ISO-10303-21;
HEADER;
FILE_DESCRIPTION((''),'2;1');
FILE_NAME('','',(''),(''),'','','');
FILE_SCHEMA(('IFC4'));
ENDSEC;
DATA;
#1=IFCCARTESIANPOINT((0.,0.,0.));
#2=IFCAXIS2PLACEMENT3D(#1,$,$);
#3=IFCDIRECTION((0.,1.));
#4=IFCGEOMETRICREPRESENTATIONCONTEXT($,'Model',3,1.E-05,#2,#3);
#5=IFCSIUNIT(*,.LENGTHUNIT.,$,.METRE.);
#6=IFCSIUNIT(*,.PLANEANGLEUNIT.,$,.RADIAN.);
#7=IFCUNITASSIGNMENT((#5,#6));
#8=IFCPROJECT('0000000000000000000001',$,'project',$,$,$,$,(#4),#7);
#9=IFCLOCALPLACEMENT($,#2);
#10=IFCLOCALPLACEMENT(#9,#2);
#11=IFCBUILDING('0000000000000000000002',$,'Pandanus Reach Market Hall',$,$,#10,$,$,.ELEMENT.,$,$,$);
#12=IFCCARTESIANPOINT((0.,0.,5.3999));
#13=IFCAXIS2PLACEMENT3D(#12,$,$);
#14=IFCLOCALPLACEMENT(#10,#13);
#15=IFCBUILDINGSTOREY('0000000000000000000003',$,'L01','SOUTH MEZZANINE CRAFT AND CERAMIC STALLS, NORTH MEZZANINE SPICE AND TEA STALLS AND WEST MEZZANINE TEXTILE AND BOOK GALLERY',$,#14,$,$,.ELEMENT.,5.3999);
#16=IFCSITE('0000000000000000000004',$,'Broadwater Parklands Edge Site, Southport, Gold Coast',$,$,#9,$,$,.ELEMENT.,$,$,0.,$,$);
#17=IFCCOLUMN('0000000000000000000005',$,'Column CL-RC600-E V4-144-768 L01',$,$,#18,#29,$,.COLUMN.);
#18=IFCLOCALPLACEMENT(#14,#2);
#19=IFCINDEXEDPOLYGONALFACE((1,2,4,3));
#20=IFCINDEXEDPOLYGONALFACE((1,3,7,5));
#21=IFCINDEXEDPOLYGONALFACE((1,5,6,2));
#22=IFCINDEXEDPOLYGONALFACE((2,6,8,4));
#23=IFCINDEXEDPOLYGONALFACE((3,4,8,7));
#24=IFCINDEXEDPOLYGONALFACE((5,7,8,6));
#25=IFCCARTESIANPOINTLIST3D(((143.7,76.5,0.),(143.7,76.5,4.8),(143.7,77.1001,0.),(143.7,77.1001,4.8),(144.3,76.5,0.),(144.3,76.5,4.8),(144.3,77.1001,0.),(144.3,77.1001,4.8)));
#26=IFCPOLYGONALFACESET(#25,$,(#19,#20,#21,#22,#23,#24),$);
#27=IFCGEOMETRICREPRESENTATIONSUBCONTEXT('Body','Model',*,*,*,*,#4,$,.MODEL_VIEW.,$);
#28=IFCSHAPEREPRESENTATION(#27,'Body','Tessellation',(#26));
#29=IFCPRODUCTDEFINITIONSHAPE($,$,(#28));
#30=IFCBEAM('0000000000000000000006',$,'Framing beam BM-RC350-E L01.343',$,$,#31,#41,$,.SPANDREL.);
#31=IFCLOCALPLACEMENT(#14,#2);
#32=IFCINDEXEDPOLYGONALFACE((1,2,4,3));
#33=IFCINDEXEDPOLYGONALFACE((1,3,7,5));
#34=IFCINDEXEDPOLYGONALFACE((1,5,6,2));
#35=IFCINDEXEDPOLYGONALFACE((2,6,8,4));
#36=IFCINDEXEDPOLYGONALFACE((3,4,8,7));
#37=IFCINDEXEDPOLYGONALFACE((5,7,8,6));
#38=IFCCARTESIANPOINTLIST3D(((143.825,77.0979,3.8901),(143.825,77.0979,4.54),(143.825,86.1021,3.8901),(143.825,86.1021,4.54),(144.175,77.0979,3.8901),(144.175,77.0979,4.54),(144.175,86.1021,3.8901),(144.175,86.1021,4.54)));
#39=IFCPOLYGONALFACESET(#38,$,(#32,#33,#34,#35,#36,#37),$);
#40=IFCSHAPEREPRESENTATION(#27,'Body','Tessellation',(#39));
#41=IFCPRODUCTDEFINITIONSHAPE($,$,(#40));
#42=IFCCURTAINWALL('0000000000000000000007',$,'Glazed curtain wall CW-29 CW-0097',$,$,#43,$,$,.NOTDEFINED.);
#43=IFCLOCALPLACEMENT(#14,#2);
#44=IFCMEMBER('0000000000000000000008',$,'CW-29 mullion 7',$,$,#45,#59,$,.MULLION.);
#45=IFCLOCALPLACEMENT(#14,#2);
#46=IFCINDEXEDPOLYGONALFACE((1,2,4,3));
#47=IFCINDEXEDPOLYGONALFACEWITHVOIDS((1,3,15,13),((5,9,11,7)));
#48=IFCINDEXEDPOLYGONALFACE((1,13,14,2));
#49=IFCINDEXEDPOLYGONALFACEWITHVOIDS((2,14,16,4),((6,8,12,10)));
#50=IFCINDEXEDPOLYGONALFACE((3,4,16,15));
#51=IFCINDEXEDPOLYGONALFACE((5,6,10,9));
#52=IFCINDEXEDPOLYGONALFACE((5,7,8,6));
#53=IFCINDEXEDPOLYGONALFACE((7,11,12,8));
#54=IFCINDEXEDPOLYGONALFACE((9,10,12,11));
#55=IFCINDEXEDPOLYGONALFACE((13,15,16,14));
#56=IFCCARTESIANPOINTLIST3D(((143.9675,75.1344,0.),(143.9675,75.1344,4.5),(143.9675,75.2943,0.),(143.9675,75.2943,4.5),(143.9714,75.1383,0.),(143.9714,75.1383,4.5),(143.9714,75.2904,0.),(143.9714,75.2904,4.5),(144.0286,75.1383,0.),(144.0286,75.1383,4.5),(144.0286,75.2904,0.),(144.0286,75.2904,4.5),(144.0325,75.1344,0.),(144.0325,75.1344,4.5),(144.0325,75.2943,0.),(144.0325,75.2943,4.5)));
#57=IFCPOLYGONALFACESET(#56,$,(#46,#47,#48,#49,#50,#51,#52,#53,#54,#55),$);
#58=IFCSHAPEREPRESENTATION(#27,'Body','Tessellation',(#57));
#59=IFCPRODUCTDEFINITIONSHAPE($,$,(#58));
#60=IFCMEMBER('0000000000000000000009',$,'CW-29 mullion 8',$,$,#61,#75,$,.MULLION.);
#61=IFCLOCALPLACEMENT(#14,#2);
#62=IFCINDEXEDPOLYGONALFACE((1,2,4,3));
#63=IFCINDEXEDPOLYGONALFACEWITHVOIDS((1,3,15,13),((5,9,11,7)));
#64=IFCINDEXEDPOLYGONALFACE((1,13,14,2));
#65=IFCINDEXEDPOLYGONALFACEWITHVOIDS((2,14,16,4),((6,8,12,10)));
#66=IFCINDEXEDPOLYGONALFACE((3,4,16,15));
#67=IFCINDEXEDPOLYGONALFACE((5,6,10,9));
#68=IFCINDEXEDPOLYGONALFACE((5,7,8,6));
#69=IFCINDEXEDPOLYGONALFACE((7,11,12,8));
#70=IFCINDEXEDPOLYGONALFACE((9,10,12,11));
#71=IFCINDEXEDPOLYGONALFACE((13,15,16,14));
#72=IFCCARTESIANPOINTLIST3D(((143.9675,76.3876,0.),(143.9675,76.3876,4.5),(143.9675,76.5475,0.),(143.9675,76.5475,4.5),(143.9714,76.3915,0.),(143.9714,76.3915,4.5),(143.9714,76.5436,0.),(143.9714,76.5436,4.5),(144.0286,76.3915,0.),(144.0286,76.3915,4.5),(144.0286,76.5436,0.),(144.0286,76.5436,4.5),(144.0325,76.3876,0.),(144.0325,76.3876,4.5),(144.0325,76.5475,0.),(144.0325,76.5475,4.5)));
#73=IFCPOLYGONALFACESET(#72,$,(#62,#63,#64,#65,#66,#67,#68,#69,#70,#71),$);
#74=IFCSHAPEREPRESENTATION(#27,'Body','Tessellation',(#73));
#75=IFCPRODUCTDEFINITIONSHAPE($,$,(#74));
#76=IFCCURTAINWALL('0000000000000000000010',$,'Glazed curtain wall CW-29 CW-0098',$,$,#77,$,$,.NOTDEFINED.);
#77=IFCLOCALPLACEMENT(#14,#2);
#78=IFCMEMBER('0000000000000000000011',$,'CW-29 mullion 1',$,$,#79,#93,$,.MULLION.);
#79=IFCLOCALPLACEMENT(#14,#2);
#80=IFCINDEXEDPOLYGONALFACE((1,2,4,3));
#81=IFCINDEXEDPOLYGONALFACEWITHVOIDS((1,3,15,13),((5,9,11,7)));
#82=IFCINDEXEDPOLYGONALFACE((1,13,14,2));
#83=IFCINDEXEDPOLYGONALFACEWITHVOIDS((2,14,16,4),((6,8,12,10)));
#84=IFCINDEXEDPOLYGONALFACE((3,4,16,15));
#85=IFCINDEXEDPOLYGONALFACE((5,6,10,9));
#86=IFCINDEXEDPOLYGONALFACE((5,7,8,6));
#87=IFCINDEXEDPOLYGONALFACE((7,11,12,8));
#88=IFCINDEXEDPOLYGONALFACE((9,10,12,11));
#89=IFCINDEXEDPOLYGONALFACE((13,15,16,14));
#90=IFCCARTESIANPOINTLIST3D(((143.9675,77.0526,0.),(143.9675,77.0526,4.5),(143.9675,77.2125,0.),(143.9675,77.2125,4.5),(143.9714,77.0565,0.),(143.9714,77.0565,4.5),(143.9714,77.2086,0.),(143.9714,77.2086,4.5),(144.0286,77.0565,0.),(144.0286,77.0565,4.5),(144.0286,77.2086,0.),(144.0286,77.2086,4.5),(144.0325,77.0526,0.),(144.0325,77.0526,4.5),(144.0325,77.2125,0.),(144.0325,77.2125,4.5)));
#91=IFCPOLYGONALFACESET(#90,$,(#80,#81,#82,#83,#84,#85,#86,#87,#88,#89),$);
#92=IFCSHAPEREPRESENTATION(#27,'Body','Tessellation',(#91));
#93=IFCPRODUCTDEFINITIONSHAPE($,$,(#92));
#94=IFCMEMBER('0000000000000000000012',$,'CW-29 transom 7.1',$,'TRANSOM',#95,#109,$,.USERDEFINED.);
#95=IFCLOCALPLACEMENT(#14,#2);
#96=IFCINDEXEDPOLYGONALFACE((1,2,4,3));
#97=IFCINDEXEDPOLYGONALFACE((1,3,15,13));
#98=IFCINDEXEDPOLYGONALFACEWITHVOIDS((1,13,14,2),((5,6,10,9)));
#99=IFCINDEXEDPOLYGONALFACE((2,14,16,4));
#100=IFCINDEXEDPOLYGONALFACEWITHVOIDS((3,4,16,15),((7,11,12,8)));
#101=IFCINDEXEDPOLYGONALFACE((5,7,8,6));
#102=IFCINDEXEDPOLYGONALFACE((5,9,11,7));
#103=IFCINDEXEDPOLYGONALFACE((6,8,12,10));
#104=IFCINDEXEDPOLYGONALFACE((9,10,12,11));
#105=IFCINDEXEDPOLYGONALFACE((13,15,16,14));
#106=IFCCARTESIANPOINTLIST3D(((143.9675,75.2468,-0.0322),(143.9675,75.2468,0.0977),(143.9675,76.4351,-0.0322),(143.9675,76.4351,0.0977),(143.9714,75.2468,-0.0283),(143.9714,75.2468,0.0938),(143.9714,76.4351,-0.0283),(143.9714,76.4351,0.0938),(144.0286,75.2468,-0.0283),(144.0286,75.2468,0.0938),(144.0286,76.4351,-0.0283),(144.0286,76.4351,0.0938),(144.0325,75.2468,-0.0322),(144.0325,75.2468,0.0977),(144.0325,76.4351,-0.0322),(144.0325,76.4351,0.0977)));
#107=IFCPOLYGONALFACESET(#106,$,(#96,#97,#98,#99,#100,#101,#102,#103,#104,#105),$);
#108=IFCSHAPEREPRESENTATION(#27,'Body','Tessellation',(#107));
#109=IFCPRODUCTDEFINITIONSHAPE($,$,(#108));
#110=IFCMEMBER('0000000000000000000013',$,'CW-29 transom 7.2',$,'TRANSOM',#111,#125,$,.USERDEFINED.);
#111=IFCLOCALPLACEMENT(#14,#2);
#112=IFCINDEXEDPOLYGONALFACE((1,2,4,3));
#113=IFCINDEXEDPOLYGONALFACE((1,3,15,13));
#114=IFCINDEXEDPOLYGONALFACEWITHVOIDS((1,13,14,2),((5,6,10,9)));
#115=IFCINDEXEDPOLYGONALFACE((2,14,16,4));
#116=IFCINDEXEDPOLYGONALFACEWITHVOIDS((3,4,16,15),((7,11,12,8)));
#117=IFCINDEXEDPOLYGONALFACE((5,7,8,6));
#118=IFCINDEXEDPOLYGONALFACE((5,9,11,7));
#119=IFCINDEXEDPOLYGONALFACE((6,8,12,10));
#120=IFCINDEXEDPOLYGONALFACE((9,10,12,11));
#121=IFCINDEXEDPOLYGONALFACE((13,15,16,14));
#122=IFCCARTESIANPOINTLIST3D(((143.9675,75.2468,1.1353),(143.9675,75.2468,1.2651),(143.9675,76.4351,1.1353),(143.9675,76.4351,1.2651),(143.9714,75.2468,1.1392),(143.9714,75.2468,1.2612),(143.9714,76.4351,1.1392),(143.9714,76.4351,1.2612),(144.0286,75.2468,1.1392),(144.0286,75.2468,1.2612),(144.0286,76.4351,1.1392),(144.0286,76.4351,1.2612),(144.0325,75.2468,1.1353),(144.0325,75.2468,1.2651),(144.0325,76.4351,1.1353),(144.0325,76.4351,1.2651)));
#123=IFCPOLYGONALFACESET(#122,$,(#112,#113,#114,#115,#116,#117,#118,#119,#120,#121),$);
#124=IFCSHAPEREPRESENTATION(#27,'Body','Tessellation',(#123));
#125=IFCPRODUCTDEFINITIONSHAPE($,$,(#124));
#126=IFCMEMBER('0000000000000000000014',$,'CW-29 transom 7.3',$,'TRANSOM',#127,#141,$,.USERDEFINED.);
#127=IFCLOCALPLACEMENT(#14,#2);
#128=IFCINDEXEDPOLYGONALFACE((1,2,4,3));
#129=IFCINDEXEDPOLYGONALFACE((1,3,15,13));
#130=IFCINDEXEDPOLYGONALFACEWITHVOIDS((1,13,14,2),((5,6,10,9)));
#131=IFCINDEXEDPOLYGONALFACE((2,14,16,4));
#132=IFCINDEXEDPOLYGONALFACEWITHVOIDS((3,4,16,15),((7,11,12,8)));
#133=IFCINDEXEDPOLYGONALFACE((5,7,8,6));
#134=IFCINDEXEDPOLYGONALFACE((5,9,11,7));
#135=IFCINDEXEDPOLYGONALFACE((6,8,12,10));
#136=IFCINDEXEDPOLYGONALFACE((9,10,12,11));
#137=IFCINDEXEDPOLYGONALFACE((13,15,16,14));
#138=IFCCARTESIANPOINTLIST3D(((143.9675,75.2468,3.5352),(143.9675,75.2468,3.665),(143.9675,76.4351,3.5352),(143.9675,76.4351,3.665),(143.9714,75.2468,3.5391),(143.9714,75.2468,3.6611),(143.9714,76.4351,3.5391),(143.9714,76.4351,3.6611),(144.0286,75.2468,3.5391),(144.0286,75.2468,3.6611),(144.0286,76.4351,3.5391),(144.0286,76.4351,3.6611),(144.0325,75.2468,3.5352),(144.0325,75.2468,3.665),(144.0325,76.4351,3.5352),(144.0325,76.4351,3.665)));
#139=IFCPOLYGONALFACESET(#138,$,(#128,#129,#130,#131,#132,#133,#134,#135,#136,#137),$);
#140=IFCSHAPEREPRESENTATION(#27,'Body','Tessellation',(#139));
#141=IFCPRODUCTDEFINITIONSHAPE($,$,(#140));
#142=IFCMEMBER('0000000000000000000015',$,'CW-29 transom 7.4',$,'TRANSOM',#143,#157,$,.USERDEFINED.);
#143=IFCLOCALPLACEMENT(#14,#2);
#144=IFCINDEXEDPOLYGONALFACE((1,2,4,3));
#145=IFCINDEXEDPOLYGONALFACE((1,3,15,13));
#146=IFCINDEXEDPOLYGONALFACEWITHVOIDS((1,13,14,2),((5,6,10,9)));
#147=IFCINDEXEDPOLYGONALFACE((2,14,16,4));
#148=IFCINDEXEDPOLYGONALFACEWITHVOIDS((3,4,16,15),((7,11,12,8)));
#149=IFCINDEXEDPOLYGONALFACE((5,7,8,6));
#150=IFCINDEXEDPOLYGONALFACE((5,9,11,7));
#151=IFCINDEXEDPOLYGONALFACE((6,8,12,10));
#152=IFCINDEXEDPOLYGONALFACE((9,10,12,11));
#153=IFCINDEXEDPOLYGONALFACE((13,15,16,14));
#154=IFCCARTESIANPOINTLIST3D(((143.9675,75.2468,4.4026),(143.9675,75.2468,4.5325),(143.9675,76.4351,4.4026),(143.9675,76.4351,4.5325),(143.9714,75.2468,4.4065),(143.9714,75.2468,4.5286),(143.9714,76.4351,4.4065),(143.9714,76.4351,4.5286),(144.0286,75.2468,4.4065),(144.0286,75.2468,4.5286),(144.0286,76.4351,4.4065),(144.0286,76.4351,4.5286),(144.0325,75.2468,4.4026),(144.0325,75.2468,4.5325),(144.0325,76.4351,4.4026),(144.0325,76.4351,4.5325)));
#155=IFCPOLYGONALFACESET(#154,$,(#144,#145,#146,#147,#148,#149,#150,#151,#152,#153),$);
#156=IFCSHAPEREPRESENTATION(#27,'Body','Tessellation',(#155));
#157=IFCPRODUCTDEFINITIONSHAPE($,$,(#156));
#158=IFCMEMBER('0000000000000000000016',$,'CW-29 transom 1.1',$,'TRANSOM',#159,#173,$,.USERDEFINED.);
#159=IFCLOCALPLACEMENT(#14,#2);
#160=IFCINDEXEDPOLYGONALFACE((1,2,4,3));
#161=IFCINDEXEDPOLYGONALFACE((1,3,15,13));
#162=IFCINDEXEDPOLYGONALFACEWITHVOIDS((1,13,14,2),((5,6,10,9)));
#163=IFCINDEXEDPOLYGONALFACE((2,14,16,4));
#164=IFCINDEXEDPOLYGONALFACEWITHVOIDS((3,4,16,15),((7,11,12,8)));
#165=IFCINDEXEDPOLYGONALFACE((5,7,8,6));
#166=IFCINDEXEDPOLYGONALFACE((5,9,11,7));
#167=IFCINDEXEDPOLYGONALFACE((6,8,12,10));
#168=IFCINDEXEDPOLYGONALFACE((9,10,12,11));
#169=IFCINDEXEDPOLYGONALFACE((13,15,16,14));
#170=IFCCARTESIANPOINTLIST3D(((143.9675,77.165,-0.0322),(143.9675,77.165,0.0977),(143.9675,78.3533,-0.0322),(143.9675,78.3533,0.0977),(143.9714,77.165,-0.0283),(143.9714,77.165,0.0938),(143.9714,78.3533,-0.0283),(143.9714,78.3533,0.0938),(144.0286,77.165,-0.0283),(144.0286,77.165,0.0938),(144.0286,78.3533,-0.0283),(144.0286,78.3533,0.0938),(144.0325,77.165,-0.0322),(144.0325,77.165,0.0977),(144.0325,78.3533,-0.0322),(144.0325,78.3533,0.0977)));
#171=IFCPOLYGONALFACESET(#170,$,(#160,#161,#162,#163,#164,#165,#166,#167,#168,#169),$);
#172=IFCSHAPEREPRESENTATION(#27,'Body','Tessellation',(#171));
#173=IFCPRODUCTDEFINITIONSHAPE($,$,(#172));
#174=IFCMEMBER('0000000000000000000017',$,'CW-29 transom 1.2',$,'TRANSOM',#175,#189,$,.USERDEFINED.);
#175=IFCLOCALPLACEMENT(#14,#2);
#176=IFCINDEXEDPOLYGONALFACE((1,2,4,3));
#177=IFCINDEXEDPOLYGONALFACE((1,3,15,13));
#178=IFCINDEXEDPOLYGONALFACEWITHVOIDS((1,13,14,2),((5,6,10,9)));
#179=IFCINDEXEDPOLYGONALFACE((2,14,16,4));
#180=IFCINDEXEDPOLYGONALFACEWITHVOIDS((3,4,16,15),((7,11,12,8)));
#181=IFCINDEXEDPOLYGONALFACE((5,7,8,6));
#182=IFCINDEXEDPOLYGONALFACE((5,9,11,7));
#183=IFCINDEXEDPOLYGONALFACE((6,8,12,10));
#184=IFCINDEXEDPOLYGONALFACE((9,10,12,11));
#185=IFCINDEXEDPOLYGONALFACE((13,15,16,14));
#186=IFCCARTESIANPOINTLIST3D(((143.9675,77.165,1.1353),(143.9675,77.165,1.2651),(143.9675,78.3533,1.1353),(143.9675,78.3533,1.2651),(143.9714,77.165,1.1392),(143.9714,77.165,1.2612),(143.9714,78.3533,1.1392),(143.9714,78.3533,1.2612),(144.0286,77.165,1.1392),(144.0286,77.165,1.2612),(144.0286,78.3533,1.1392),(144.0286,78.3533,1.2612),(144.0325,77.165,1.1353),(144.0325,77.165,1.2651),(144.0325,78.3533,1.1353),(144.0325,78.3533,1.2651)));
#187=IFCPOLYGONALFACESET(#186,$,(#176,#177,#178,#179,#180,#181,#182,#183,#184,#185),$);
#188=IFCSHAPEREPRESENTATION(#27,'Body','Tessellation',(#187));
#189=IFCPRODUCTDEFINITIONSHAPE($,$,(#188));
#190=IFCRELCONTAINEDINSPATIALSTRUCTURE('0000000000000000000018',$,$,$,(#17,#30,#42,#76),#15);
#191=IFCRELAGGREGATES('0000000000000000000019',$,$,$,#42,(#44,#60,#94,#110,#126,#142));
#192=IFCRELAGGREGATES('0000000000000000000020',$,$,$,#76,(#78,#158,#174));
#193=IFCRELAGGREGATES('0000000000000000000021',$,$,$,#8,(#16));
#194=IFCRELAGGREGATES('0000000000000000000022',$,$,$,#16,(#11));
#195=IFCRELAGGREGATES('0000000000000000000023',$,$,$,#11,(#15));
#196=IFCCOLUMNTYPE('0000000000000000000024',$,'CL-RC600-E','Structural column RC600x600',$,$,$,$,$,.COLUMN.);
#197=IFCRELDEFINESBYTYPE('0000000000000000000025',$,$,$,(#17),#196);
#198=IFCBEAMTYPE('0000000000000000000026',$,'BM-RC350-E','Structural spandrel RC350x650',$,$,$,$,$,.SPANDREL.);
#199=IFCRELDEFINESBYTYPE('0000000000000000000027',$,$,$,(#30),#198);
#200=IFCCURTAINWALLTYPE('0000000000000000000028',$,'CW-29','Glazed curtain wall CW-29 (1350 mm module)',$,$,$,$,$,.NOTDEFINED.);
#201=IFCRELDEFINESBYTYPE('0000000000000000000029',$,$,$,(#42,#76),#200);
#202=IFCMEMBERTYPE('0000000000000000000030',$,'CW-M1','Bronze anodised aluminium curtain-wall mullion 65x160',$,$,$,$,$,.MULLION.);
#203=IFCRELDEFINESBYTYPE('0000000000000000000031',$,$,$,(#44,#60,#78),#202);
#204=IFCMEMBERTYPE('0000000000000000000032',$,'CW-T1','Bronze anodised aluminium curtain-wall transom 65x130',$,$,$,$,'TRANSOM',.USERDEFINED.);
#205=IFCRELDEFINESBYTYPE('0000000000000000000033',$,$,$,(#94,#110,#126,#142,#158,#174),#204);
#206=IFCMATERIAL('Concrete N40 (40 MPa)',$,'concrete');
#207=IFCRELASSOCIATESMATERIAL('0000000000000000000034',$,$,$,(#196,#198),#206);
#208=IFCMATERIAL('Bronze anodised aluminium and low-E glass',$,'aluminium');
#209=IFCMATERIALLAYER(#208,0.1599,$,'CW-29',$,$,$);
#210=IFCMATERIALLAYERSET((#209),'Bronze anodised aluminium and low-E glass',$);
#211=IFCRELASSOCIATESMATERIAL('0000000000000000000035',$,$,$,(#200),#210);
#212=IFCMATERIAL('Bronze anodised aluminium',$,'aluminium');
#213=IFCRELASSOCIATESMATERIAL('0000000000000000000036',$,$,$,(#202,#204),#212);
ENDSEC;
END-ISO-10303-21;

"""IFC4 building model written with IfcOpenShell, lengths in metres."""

from ifc_helpers import new_model, si_unit, direction, frame, origin, origin_2d, place, context, subcontext, project, spatial, rectangle, hollow_rectangle, extrude, material, layer, layer_set, material_profile, profile_set, type_object, element, aggregate, save


model = new_model("IFC4")

# Units and contexts
model_context = context("Model", 3, precision=1e-05, world=origin(), true_north=direction((0.0, 1.0)))
body_context = subcontext(model_context, "Body", "Model", "MODEL_VIEW")
ifc_project = project(units=[si_unit("LENGTHUNIT", "METRE"), si_unit("PLANEANGLEUNIT", "RADIAN")], contexts=[model_context])

# Site, building, storey
site_placement = place(None, origin())
site = spatial("IfcSite", under=ifc_project, at=site_placement, Name="Broadwater Parklands Edge Site, Southport, Gold Coast", CompositionType="ELEMENT", RefElevation=0.0)
building_placement = place(site_placement, origin())
building = spatial("IfcBuilding", under=site, at=building_placement, Name="Pandanus Reach Market Hall", CompositionType="ELEMENT")
storey_placement = place(building_placement, frame((0.0, 0.0, 5.3999)))
storey = spatial("IfcBuildingStorey", under=building, at=storey_placement, Name="L01", Description="SOUTH MEZZANINE CRAFT AND CERAMIC STALLS, NORTH MEZZANINE SPICE AND TEA STALLS AND WEST MEZZANINE TEXTILE AND BOOK GALLERY", CompositionType="ELEMENT", Elevation=5.3999)

# Column
ifc_material_1 = material(Name="Concrete N40 (40 MPa)", Category="concrete")
ifc_material_profile_1 = material_profile(ifc_material_1, rectangle(XDim=0.6001, YDim=0.6001, at=origin_2d()), Name="RC600x600", Category="LoadBearing")
ifc_profile_set_1 = profile_set([ifc_material_profile_1], Name="Concrete N40 (40 MPa)")
column_type = type_object("IfcColumnType", Name="CL-RC600-E", Description="Structural column RC600x600", PredefinedType="COLUMN", material=ifc_profile_set_1)
column_placement = place(storey_placement, frame((144.0, 76.8, 0.0), z_axis=(0.0, 0.0, 1.0), x_axis=(1.0, 0.0, 0.0)))
element("IfcColumn", 1, at=column_placement, inside=storey, type_object=column_type, Name="Column CL-RC600-E V4-144-768 L01", PredefinedType="COLUMN", context=body_context, shape_type="SweptSolid", body=[
    extrude(rectangle(XDim=0.6001, YDim=0.6001, at=origin_2d()), origin(), (0.0, 0.0, 1.0), 4.8),
])

# Beam
ifc_material_profile_2 = material_profile(ifc_material_1, rectangle(XDim=0.3501, YDim=0.6499, at=origin_2d()), Name="RC350x650", Category="LoadBearing")
ifc_profile_set_2 = profile_set([ifc_material_profile_2], Name="Concrete N40 (40 MPa)")
beam_type = type_object("IfcBeamType", Name="BM-RC350-E", Description="Structural spandrel RC350x650", PredefinedType="SPANDREL", material=ifc_profile_set_2)
beam_placement = place(storey_placement, frame((144.0, 77.0979, 4.2151), z_axis=(0.0, 1.0, 0.0), x_axis=(-1.0, 0.0, 0.0)))
element("IfcBeam", 2, at=beam_placement, inside=storey, type_object=beam_type, Name="Framing beam BM-RC350-E L01.343", PredefinedType="SPANDREL", context=body_context, shape_type="SweptSolid", body=[
    extrude(rectangle(XDim=0.3501, YDim=0.6499, at=origin_2d()), origin(), (0.0, 0.0, 1.0), 9.0042),
])

# Curtain wall, members
ifc_material_2 = material(Name="Bronze anodised aluminium and low-E glass", Category="aluminium")
ifc_layer_1 = layer(ifc_material_2, 0.1599, Name="CW-29")
ifc_layer_set_1 = layer_set([ifc_layer_1], Name="Bronze anodised aluminium and low-E glass")
curtain_wall_type = type_object("IfcCurtainWallType", Name="CW-29", Description="Glazed curtain wall CW-29 (1350 mm module)", PredefinedType="NOTDEFINED", material=ifc_layer_set_1)
curtain_wall_1_placement = place(storey_placement, origin())
curtain_wall_1 = element("IfcCurtainWall", 3, at=curtain_wall_1_placement, inside=storey, type_object=curtain_wall_type, Name="Glazed curtain wall CW-29 CW-0097", PredefinedType="NOTDEFINED")
ifc_material_3 = material(Name="Bronze anodised aluminium", Category="aluminium")
ifc_material_profile_3 = material_profile(ifc_material_3, hollow_rectangle(XDim=0.0649, YDim=0.1599, WallThickness=0.0039, at=origin_2d()), Name="ALU65x160", Category="LoadBearing")
ifc_profile_set_3 = profile_set([ifc_material_profile_3], Name="Bronze anodised aluminium")
member_type_1 = type_object("IfcMemberType", Name="CW-M1", Description="Bronze anodised aluminium curtain-wall mullion 65x160", PredefinedType="MULLION", material=ifc_profile_set_3)
member_1_placement = place(storey_placement, frame((144.0, 75.2144, 0.0), z_axis=(0.0, 0.0, 1.0), x_axis=(-1.0, 0.0, 0.0)))
member_1 = element("IfcMember", 4, at=member_1_placement, type_object=member_type_1, Name="CW-29 mullion 7", PredefinedType="MULLION", context=body_context, shape_type="SweptSolid", body=[
    extrude(hollow_rectangle(XDim=0.0649, YDim=0.1599, WallThickness=0.0039, at=origin_2d()), origin(), (0.0, 0.0, 1.0), 4.5),
])
member_2_placement = place(storey_placement, frame((144.0, 76.4675, 0.0), z_axis=(0.0, 0.0, 1.0), x_axis=(-1.0, 0.0, 0.0)))
member_2 = element("IfcMember", 5, at=member_2_placement, type_object=member_type_1, Name="CW-29 mullion 8", PredefinedType="MULLION", context=body_context, shape_type="SweptSolid", body=[
    extrude(hollow_rectangle(XDim=0.0649, YDim=0.1599, WallThickness=0.0039, at=origin_2d()), origin(), (0.0, 0.0, 1.0), 4.5),
])

# Curtain wall, member
curtain_wall_2_placement = place(storey_placement, origin())
curtain_wall_2 = element("IfcCurtainWall", 6, at=curtain_wall_2_placement, inside=storey, type_object=curtain_wall_type, Name="Glazed curtain wall CW-29 CW-0098", PredefinedType="NOTDEFINED")
member_3_placement = place(storey_placement, frame((144.0, 77.1326, 0.0), z_axis=(0.0, 0.0, 1.0), x_axis=(-1.0, 0.0, 0.0)))
member_3 = element("IfcMember", 7, at=member_3_placement, type_object=member_type_1, Name="CW-29 mullion 1", PredefinedType="MULLION", context=body_context, shape_type="SweptSolid", body=[
    extrude(hollow_rectangle(XDim=0.0649, YDim=0.1599, WallThickness=0.0039, at=origin_2d()), origin(), (0.0, 0.0, 1.0), 4.5),
])

# Members
ifc_material_profile_4 = material_profile(ifc_material_3, hollow_rectangle(XDim=0.0649, YDim=0.1299, WallThickness=0.0039, at=origin_2d()), Name="ALU65x130", Category="LoadBearing")
ifc_profile_set_4 = profile_set([ifc_material_profile_4], Name="Bronze anodised aluminium")
member_type_2 = type_object("IfcMemberType", Name="CW-T1", Description="Bronze anodised aluminium curtain-wall transom 65x130", ElementType="TRANSOM", PredefinedType="USERDEFINED", material=ifc_profile_set_4)
member_4_placement = place(storey_placement, frame((144.0, 75.2468, 0.0327), z_axis=(0.0, 1.0, 0.0), x_axis=(-1.0, 0.0, 0.0)))
member_4 = element("IfcMember", 8, at=member_4_placement, type_object=member_type_2, Name="CW-29 transom 7.1", ObjectType="TRANSOM", PredefinedType="USERDEFINED", context=body_context, shape_type="SweptSolid", body=[
    extrude(hollow_rectangle(XDim=0.0649, YDim=0.1299, WallThickness=0.0039, at=origin_2d()), origin(), (0.0, 0.0, 1.0), 1.1882),
])
member_5_placement = place(storey_placement, frame((144.0, 75.2468, 1.2002), z_axis=(0.0, 1.0, 0.0), x_axis=(-1.0, 0.0, 0.0)))
member_5 = element("IfcMember", 9, at=member_5_placement, type_object=member_type_2, Name="CW-29 transom 7.2", ObjectType="TRANSOM", PredefinedType="USERDEFINED", context=body_context, shape_type="SweptSolid", body=[
    extrude(hollow_rectangle(XDim=0.0649, YDim=0.1299, WallThickness=0.0039, at=origin_2d()), origin(), (0.0, 0.0, 1.0), 1.1882),
])
member_6_placement = place(storey_placement, frame((144.0, 75.2468, 3.6001), z_axis=(0.0, 1.0, 0.0), x_axis=(-1.0, 0.0, 0.0)))
member_6 = element("IfcMember", 10, at=member_6_placement, type_object=member_type_2, Name="CW-29 transom 7.3", ObjectType="TRANSOM", PredefinedType="USERDEFINED", context=body_context, shape_type="SweptSolid", body=[
    extrude(hollow_rectangle(XDim=0.0649, YDim=0.1299, WallThickness=0.0039, at=origin_2d()), origin(), (0.0, 0.0, 1.0), 1.1882),
])
member_7_placement = place(storey_placement, frame((144.0, 75.2468, 4.4675), z_axis=(0.0, 1.0, 0.0), x_axis=(-1.0, 0.0, 0.0)))
member_7 = element("IfcMember", 11, at=member_7_placement, type_object=member_type_2, Name="CW-29 transom 7.4", ObjectType="TRANSOM", PredefinedType="USERDEFINED", context=body_context, shape_type="SweptSolid", body=[
    extrude(hollow_rectangle(XDim=0.0649, YDim=0.1299, WallThickness=0.0039, at=origin_2d()), origin(), (0.0, 0.0, 1.0), 1.1882),
])
member_8_placement = place(storey_placement, frame((144.0, 77.165, 0.0327), z_axis=(0.0, 1.0, 0.0), x_axis=(-1.0, 0.0, 0.0)))
member_8 = element("IfcMember", 12, at=member_8_placement, type_object=member_type_2, Name="CW-29 transom 1.1", ObjectType="TRANSOM", PredefinedType="USERDEFINED", context=body_context, shape_type="SweptSolid", body=[
    extrude(hollow_rectangle(XDim=0.0649, YDim=0.1299, WallThickness=0.0039, at=origin_2d()), origin(), (0.0, 0.0, 1.0), 1.1882),
])
member_9_placement = place(storey_placement, frame((144.0, 77.165, 1.2002), z_axis=(0.0, 1.0, 0.0), x_axis=(-1.0, 0.0, 0.0)))
member_9 = element("IfcMember", 13, at=member_9_placement, type_object=member_type_2, Name="CW-29 transom 1.2", ObjectType="TRANSOM", PredefinedType="USERDEFINED", context=body_context, shape_type="SweptSolid", body=[
    extrude(hollow_rectangle(XDim=0.0649, YDim=0.1299, WallThickness=0.0039, at=origin_2d()), origin(), (0.0, 0.0, 1.0), 1.1882),
])

aggregate(curtain_wall_1, [member_1, member_2, member_4, member_5, member_6, member_7])
aggregate(curtain_wall_2, [member_3, member_8, member_9])

save(model, "model.ifc")
